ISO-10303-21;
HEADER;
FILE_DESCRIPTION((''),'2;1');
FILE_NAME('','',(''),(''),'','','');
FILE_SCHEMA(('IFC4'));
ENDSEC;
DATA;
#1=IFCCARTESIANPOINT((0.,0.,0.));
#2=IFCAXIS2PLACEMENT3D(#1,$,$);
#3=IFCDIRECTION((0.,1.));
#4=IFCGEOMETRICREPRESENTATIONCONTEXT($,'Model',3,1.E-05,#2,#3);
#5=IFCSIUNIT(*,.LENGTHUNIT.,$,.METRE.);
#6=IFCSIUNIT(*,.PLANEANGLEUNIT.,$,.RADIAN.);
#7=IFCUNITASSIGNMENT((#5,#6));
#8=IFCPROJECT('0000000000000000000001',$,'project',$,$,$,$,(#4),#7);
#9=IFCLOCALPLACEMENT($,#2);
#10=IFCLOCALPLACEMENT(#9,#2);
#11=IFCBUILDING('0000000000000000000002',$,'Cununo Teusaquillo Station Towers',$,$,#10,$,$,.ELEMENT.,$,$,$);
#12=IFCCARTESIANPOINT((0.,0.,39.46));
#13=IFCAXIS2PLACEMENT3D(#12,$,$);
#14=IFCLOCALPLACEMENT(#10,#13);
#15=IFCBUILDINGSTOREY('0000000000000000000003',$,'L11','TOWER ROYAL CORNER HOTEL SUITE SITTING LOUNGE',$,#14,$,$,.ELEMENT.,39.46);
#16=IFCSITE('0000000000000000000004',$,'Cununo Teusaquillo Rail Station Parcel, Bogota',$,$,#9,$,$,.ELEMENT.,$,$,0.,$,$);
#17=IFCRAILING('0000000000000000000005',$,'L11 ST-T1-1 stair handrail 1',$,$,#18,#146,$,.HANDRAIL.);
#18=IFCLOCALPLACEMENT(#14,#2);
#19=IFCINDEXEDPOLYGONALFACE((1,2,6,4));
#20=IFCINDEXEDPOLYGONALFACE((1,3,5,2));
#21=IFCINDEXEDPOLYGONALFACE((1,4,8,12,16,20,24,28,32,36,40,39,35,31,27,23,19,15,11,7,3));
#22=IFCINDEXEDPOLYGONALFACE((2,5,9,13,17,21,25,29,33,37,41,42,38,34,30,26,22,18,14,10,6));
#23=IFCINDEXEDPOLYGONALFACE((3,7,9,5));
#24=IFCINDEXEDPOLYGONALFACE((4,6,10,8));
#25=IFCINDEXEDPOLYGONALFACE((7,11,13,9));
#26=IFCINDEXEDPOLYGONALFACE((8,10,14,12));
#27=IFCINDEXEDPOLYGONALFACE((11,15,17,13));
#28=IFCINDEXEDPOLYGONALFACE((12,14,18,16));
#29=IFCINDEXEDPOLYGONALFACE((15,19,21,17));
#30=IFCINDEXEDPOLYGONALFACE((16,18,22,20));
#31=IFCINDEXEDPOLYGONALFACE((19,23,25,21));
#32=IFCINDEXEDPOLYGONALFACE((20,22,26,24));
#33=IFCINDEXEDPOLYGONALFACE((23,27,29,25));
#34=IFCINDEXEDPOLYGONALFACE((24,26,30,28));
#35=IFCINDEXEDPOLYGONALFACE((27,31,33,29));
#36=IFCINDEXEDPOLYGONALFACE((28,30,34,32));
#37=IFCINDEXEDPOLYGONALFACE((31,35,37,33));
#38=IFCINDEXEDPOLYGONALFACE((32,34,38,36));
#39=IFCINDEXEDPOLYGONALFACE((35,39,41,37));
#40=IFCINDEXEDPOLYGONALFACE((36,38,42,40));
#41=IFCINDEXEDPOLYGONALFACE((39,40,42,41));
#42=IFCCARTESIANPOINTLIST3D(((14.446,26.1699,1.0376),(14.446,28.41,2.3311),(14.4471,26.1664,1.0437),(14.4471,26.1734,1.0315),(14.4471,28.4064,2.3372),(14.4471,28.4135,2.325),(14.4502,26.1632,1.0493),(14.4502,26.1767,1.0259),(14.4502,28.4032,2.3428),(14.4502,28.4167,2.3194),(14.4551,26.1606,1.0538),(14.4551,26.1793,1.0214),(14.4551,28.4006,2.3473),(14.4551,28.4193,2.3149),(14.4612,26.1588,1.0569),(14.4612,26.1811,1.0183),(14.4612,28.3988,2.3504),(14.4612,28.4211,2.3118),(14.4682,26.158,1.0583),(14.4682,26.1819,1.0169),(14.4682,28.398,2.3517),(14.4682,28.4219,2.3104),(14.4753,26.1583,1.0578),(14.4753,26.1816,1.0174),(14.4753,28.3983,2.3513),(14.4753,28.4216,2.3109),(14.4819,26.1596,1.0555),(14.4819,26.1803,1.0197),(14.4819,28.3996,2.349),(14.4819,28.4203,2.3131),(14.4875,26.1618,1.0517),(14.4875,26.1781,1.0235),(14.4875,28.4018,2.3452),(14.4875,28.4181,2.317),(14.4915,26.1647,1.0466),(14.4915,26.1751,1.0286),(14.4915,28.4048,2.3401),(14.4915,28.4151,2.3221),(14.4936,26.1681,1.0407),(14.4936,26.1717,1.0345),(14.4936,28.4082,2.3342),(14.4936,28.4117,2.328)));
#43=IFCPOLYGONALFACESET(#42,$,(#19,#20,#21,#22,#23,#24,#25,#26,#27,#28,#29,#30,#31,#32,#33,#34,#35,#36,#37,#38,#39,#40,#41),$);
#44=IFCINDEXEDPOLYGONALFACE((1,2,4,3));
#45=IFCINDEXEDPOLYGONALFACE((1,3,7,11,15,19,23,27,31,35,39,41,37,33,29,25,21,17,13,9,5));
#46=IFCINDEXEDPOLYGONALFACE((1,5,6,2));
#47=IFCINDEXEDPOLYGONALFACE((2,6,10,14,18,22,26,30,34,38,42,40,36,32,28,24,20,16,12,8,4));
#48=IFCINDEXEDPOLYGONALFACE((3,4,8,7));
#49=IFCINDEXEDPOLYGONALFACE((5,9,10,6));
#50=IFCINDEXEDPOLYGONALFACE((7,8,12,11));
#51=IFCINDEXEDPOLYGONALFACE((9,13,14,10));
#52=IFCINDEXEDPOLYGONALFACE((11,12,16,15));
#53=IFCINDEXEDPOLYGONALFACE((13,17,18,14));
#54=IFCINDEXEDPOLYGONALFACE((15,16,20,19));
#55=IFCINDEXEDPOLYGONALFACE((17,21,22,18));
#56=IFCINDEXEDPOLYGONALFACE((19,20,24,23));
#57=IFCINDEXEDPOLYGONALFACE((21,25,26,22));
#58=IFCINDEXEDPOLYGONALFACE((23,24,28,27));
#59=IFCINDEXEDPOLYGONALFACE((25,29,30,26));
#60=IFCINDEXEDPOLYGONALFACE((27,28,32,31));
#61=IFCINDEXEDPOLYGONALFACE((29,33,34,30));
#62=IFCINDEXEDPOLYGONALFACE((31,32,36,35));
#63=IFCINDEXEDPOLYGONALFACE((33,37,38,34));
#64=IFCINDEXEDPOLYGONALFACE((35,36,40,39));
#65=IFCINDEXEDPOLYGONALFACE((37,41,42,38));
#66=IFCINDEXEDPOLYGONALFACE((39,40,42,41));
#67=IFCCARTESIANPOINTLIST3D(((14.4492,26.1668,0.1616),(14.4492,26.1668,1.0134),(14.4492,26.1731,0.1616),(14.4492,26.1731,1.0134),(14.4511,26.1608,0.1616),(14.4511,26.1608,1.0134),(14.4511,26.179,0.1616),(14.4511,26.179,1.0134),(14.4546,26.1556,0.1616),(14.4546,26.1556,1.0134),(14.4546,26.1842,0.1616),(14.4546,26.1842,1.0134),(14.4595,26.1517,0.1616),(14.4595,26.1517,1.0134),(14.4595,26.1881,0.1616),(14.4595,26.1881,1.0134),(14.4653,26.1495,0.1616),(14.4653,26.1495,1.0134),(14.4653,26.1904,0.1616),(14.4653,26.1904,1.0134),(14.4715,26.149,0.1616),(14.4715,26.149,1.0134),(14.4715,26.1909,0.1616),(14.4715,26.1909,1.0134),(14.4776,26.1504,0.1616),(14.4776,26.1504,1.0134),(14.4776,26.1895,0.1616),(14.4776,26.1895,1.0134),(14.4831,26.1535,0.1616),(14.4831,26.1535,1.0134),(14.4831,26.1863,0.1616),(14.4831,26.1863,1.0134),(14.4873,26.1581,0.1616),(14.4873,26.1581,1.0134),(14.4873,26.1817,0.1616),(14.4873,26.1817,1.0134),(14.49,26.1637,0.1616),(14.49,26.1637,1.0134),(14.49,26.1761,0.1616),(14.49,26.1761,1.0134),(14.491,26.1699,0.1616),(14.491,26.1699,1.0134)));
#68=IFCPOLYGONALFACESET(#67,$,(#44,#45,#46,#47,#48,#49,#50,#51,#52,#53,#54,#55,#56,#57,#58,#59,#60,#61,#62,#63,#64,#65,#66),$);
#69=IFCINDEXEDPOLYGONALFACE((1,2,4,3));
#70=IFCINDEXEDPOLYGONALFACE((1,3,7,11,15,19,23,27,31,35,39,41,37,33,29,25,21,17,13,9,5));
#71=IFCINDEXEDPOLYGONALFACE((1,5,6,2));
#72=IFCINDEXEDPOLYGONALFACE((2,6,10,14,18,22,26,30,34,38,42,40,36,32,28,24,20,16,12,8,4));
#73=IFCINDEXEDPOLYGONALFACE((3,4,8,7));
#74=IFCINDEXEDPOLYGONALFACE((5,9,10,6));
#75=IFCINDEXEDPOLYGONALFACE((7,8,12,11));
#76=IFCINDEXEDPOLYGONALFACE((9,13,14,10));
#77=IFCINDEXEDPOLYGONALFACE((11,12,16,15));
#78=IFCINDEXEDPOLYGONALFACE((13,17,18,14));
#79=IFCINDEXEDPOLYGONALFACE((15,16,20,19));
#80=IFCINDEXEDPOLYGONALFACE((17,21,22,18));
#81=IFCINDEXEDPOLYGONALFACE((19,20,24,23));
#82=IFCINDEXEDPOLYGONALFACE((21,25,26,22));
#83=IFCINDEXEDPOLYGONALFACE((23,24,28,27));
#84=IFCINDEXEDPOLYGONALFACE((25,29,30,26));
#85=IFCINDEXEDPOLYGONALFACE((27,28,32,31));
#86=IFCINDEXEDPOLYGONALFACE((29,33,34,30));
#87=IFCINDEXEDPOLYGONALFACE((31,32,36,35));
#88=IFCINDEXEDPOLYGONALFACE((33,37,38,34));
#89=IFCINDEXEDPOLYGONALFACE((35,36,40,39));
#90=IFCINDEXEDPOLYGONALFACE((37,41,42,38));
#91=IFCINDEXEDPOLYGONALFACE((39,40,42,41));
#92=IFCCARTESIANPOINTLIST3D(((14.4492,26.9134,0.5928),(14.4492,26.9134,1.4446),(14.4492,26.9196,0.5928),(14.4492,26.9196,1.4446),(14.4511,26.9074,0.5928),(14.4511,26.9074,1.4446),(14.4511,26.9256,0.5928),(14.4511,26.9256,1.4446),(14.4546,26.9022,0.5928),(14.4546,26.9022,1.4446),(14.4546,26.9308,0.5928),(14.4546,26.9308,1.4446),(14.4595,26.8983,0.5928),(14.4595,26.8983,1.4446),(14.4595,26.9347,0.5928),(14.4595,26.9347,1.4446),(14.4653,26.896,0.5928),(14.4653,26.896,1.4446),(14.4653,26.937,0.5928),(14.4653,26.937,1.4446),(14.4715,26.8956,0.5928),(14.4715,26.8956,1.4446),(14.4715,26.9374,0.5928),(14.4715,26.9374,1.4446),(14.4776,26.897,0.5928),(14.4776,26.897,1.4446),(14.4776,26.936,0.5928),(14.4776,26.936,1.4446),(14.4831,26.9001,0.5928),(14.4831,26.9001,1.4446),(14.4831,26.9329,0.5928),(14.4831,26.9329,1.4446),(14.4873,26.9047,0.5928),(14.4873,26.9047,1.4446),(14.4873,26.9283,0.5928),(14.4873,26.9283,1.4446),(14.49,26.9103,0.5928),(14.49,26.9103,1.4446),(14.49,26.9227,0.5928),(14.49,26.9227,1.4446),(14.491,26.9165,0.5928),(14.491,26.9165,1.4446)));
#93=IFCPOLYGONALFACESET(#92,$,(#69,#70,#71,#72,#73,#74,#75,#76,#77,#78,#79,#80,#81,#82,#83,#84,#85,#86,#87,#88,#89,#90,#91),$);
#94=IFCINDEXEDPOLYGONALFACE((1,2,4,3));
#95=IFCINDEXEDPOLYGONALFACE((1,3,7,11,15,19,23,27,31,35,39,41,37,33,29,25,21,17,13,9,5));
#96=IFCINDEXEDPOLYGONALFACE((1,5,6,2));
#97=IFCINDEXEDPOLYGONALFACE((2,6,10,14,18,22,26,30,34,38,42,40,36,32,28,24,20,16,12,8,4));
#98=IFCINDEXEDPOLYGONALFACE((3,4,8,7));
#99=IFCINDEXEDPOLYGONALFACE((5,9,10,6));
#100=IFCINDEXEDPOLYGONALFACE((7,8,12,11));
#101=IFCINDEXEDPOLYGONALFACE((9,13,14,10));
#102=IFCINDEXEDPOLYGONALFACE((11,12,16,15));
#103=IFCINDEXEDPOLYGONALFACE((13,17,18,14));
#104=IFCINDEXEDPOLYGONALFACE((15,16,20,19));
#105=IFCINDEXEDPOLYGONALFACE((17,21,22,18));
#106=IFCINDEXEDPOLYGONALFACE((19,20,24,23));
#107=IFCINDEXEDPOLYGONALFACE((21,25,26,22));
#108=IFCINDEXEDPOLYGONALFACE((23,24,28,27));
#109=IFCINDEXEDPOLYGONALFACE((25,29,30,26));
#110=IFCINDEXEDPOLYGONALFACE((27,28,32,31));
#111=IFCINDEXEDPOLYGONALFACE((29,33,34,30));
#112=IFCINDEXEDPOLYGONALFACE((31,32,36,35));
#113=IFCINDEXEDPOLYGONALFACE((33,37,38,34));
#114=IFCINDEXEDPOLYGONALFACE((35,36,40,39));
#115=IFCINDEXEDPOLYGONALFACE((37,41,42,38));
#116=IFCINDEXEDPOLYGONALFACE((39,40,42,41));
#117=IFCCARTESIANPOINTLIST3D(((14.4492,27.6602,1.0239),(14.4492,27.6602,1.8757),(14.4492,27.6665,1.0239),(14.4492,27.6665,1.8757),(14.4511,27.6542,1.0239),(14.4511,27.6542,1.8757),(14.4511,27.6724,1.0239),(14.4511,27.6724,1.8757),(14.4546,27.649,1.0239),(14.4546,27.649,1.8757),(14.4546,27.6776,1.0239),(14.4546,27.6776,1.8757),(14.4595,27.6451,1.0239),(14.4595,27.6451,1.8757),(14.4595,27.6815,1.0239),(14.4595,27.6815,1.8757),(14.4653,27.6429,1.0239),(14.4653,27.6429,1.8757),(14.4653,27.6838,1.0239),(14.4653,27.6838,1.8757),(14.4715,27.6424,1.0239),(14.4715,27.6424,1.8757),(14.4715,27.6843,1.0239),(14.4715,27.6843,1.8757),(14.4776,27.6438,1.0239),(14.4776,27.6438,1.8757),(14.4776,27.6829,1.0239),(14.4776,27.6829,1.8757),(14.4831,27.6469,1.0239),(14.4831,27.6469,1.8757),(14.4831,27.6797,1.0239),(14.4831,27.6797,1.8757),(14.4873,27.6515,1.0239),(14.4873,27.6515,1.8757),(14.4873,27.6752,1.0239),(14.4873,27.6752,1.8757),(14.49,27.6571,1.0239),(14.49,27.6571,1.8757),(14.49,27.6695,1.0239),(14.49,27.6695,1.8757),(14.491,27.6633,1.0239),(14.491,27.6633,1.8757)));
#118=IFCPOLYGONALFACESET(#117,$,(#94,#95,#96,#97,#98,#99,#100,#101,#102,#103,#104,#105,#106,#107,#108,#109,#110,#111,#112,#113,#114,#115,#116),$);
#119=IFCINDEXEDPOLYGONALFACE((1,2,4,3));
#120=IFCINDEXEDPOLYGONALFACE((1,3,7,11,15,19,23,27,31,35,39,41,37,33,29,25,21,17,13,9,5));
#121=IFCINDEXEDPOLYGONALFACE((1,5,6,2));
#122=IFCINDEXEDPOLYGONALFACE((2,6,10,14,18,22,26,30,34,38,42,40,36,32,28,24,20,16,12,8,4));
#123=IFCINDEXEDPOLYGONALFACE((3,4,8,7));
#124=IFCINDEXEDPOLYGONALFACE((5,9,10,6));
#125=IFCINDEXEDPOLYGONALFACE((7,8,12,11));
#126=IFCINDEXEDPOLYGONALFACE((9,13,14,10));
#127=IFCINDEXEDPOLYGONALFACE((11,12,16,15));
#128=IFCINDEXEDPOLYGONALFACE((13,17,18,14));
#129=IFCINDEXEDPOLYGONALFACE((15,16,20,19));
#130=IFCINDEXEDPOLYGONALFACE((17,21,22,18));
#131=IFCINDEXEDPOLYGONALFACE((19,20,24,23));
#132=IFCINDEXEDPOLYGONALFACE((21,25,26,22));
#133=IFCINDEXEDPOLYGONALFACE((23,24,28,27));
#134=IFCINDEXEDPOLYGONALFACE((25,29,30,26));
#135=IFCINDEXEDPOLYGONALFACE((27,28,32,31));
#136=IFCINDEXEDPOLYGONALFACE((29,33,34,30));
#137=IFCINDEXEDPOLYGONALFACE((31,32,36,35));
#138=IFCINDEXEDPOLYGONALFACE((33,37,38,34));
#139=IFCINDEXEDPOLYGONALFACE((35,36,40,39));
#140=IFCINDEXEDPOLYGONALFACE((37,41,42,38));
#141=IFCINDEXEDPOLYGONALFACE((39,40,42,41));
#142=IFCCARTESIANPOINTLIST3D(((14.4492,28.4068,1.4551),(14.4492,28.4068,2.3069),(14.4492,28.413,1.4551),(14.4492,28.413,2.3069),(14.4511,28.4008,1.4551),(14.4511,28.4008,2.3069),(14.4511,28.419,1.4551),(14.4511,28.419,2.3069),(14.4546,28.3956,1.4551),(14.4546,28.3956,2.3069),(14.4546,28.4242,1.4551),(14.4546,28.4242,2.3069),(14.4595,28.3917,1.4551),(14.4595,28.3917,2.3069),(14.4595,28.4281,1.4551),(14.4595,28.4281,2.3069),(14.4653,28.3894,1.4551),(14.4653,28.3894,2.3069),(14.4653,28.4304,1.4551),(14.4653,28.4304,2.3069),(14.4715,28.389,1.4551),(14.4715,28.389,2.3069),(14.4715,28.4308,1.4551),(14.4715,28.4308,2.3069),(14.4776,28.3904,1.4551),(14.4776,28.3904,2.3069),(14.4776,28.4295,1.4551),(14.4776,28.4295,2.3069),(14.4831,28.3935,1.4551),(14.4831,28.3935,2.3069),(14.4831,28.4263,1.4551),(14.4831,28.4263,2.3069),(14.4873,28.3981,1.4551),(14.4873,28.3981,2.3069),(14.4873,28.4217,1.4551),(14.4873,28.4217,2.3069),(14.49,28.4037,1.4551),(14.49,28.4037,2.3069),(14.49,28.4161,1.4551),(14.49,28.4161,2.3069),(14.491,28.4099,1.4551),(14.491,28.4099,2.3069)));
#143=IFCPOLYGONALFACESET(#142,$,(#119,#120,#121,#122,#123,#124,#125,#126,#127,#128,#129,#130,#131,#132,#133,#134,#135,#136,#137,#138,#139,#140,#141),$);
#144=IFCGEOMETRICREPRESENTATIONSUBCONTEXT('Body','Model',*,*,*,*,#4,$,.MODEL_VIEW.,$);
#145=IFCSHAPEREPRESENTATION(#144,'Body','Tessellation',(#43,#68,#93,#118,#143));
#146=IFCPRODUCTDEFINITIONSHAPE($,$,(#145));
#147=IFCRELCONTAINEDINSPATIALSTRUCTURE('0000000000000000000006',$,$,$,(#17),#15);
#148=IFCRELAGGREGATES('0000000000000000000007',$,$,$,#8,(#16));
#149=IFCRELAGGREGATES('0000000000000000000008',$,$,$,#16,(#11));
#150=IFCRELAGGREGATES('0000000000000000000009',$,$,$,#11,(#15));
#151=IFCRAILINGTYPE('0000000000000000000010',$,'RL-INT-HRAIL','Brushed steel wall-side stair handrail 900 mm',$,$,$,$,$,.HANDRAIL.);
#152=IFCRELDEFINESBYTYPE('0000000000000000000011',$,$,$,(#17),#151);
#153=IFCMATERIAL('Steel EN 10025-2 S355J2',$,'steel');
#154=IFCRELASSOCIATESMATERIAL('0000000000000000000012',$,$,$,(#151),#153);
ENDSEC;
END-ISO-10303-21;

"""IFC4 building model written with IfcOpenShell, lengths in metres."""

from ifc_helpers import new_model, si_unit, direction, frame, origin, origin_2d, place, context, subcontext, project, spatial, circle, extrude, material, type_object, element, save


model = new_model("IFC4")

# Units and contexts
model_context = context("Model", 3, precision=1e-05, world=origin(), true_north=direction((0.0, 1.0)))
body_context = subcontext(model_context, "Body", "Model", "MODEL_VIEW")
ifc_project = project(units=[si_unit("LENGTHUNIT", "METRE"), si_unit("PLANEANGLEUNIT", "RADIAN")], contexts=[model_context])

# Site, building, storey
site_placement = place(None, origin())
site = spatial("IfcSite", under=ifc_project, at=site_placement, Name="Cununo Teusaquillo Rail Station Parcel, Bogota", CompositionType="ELEMENT", RefElevation=0.0)
building_placement = place(site_placement, origin())
building = spatial("IfcBuilding", under=site, at=building_placement, Name="Cununo Teusaquillo Station Towers", CompositionType="ELEMENT")
storey_placement = place(building_placement, frame((0.0, 0.0, 39.46)))
storey = spatial("IfcBuildingStorey", under=building, at=storey_placement, Name="L11", Description="TOWER ROYAL CORNER HOTEL SUITE SITTING LOUNGE", CompositionType="ELEMENT", Elevation=39.46)

# Railing
ifc_material_1 = material(Name="Steel EN 10025-2 S355J2", Category="steel")
railing_type_1 = type_object("IfcRailingType", Name="RL-INT-HRAIL", Description="Brushed steel wall-side stair handrail 900 mm", PredefinedType="HANDRAIL", material=ifc_material_1)
railing_1_placement = place(storey_placement, frame((14.47, 26.1699, 0.1616)))
element("IfcRailing", 1, at=railing_1_placement, inside=storey, type_object=railing_type_1, Name="L11 ST-T1-1 stair handrail 1", PredefinedType="HANDRAIL", context=body_context, shape_type="SweptSolid", body=[
    extrude(circle(Radius=0.0239, at=origin_2d()), frame((0.0, 0.0, 0.876), z_axis=(0.0, 0.865992, 0.500057), x_axis=(-1.0, 0.0, 0.0)), (0.0, 0.0, 1.0), 2.5867),
    extrude(circle(Radius=0.021, at=origin_2d()), origin(), (0.0, 0.0, 1.0), 0.8518),
    extrude(circle(Radius=0.021, at=origin_2d()), frame((0.0, 0.7466, 0.4312)), (0.0, 0.0, 1.0), 0.8518),
    extrude(circle(Radius=0.021, at=origin_2d()), frame((0.0, 1.4934, 0.8623)), (0.0, 0.0, 1.0), 0.8518),
    extrude(circle(Radius=0.021, at=origin_2d()), frame((0.0, 2.24, 1.2935)), (0.0, 0.0, 1.0), 0.8518),
])

save(model, "model.ifc")
